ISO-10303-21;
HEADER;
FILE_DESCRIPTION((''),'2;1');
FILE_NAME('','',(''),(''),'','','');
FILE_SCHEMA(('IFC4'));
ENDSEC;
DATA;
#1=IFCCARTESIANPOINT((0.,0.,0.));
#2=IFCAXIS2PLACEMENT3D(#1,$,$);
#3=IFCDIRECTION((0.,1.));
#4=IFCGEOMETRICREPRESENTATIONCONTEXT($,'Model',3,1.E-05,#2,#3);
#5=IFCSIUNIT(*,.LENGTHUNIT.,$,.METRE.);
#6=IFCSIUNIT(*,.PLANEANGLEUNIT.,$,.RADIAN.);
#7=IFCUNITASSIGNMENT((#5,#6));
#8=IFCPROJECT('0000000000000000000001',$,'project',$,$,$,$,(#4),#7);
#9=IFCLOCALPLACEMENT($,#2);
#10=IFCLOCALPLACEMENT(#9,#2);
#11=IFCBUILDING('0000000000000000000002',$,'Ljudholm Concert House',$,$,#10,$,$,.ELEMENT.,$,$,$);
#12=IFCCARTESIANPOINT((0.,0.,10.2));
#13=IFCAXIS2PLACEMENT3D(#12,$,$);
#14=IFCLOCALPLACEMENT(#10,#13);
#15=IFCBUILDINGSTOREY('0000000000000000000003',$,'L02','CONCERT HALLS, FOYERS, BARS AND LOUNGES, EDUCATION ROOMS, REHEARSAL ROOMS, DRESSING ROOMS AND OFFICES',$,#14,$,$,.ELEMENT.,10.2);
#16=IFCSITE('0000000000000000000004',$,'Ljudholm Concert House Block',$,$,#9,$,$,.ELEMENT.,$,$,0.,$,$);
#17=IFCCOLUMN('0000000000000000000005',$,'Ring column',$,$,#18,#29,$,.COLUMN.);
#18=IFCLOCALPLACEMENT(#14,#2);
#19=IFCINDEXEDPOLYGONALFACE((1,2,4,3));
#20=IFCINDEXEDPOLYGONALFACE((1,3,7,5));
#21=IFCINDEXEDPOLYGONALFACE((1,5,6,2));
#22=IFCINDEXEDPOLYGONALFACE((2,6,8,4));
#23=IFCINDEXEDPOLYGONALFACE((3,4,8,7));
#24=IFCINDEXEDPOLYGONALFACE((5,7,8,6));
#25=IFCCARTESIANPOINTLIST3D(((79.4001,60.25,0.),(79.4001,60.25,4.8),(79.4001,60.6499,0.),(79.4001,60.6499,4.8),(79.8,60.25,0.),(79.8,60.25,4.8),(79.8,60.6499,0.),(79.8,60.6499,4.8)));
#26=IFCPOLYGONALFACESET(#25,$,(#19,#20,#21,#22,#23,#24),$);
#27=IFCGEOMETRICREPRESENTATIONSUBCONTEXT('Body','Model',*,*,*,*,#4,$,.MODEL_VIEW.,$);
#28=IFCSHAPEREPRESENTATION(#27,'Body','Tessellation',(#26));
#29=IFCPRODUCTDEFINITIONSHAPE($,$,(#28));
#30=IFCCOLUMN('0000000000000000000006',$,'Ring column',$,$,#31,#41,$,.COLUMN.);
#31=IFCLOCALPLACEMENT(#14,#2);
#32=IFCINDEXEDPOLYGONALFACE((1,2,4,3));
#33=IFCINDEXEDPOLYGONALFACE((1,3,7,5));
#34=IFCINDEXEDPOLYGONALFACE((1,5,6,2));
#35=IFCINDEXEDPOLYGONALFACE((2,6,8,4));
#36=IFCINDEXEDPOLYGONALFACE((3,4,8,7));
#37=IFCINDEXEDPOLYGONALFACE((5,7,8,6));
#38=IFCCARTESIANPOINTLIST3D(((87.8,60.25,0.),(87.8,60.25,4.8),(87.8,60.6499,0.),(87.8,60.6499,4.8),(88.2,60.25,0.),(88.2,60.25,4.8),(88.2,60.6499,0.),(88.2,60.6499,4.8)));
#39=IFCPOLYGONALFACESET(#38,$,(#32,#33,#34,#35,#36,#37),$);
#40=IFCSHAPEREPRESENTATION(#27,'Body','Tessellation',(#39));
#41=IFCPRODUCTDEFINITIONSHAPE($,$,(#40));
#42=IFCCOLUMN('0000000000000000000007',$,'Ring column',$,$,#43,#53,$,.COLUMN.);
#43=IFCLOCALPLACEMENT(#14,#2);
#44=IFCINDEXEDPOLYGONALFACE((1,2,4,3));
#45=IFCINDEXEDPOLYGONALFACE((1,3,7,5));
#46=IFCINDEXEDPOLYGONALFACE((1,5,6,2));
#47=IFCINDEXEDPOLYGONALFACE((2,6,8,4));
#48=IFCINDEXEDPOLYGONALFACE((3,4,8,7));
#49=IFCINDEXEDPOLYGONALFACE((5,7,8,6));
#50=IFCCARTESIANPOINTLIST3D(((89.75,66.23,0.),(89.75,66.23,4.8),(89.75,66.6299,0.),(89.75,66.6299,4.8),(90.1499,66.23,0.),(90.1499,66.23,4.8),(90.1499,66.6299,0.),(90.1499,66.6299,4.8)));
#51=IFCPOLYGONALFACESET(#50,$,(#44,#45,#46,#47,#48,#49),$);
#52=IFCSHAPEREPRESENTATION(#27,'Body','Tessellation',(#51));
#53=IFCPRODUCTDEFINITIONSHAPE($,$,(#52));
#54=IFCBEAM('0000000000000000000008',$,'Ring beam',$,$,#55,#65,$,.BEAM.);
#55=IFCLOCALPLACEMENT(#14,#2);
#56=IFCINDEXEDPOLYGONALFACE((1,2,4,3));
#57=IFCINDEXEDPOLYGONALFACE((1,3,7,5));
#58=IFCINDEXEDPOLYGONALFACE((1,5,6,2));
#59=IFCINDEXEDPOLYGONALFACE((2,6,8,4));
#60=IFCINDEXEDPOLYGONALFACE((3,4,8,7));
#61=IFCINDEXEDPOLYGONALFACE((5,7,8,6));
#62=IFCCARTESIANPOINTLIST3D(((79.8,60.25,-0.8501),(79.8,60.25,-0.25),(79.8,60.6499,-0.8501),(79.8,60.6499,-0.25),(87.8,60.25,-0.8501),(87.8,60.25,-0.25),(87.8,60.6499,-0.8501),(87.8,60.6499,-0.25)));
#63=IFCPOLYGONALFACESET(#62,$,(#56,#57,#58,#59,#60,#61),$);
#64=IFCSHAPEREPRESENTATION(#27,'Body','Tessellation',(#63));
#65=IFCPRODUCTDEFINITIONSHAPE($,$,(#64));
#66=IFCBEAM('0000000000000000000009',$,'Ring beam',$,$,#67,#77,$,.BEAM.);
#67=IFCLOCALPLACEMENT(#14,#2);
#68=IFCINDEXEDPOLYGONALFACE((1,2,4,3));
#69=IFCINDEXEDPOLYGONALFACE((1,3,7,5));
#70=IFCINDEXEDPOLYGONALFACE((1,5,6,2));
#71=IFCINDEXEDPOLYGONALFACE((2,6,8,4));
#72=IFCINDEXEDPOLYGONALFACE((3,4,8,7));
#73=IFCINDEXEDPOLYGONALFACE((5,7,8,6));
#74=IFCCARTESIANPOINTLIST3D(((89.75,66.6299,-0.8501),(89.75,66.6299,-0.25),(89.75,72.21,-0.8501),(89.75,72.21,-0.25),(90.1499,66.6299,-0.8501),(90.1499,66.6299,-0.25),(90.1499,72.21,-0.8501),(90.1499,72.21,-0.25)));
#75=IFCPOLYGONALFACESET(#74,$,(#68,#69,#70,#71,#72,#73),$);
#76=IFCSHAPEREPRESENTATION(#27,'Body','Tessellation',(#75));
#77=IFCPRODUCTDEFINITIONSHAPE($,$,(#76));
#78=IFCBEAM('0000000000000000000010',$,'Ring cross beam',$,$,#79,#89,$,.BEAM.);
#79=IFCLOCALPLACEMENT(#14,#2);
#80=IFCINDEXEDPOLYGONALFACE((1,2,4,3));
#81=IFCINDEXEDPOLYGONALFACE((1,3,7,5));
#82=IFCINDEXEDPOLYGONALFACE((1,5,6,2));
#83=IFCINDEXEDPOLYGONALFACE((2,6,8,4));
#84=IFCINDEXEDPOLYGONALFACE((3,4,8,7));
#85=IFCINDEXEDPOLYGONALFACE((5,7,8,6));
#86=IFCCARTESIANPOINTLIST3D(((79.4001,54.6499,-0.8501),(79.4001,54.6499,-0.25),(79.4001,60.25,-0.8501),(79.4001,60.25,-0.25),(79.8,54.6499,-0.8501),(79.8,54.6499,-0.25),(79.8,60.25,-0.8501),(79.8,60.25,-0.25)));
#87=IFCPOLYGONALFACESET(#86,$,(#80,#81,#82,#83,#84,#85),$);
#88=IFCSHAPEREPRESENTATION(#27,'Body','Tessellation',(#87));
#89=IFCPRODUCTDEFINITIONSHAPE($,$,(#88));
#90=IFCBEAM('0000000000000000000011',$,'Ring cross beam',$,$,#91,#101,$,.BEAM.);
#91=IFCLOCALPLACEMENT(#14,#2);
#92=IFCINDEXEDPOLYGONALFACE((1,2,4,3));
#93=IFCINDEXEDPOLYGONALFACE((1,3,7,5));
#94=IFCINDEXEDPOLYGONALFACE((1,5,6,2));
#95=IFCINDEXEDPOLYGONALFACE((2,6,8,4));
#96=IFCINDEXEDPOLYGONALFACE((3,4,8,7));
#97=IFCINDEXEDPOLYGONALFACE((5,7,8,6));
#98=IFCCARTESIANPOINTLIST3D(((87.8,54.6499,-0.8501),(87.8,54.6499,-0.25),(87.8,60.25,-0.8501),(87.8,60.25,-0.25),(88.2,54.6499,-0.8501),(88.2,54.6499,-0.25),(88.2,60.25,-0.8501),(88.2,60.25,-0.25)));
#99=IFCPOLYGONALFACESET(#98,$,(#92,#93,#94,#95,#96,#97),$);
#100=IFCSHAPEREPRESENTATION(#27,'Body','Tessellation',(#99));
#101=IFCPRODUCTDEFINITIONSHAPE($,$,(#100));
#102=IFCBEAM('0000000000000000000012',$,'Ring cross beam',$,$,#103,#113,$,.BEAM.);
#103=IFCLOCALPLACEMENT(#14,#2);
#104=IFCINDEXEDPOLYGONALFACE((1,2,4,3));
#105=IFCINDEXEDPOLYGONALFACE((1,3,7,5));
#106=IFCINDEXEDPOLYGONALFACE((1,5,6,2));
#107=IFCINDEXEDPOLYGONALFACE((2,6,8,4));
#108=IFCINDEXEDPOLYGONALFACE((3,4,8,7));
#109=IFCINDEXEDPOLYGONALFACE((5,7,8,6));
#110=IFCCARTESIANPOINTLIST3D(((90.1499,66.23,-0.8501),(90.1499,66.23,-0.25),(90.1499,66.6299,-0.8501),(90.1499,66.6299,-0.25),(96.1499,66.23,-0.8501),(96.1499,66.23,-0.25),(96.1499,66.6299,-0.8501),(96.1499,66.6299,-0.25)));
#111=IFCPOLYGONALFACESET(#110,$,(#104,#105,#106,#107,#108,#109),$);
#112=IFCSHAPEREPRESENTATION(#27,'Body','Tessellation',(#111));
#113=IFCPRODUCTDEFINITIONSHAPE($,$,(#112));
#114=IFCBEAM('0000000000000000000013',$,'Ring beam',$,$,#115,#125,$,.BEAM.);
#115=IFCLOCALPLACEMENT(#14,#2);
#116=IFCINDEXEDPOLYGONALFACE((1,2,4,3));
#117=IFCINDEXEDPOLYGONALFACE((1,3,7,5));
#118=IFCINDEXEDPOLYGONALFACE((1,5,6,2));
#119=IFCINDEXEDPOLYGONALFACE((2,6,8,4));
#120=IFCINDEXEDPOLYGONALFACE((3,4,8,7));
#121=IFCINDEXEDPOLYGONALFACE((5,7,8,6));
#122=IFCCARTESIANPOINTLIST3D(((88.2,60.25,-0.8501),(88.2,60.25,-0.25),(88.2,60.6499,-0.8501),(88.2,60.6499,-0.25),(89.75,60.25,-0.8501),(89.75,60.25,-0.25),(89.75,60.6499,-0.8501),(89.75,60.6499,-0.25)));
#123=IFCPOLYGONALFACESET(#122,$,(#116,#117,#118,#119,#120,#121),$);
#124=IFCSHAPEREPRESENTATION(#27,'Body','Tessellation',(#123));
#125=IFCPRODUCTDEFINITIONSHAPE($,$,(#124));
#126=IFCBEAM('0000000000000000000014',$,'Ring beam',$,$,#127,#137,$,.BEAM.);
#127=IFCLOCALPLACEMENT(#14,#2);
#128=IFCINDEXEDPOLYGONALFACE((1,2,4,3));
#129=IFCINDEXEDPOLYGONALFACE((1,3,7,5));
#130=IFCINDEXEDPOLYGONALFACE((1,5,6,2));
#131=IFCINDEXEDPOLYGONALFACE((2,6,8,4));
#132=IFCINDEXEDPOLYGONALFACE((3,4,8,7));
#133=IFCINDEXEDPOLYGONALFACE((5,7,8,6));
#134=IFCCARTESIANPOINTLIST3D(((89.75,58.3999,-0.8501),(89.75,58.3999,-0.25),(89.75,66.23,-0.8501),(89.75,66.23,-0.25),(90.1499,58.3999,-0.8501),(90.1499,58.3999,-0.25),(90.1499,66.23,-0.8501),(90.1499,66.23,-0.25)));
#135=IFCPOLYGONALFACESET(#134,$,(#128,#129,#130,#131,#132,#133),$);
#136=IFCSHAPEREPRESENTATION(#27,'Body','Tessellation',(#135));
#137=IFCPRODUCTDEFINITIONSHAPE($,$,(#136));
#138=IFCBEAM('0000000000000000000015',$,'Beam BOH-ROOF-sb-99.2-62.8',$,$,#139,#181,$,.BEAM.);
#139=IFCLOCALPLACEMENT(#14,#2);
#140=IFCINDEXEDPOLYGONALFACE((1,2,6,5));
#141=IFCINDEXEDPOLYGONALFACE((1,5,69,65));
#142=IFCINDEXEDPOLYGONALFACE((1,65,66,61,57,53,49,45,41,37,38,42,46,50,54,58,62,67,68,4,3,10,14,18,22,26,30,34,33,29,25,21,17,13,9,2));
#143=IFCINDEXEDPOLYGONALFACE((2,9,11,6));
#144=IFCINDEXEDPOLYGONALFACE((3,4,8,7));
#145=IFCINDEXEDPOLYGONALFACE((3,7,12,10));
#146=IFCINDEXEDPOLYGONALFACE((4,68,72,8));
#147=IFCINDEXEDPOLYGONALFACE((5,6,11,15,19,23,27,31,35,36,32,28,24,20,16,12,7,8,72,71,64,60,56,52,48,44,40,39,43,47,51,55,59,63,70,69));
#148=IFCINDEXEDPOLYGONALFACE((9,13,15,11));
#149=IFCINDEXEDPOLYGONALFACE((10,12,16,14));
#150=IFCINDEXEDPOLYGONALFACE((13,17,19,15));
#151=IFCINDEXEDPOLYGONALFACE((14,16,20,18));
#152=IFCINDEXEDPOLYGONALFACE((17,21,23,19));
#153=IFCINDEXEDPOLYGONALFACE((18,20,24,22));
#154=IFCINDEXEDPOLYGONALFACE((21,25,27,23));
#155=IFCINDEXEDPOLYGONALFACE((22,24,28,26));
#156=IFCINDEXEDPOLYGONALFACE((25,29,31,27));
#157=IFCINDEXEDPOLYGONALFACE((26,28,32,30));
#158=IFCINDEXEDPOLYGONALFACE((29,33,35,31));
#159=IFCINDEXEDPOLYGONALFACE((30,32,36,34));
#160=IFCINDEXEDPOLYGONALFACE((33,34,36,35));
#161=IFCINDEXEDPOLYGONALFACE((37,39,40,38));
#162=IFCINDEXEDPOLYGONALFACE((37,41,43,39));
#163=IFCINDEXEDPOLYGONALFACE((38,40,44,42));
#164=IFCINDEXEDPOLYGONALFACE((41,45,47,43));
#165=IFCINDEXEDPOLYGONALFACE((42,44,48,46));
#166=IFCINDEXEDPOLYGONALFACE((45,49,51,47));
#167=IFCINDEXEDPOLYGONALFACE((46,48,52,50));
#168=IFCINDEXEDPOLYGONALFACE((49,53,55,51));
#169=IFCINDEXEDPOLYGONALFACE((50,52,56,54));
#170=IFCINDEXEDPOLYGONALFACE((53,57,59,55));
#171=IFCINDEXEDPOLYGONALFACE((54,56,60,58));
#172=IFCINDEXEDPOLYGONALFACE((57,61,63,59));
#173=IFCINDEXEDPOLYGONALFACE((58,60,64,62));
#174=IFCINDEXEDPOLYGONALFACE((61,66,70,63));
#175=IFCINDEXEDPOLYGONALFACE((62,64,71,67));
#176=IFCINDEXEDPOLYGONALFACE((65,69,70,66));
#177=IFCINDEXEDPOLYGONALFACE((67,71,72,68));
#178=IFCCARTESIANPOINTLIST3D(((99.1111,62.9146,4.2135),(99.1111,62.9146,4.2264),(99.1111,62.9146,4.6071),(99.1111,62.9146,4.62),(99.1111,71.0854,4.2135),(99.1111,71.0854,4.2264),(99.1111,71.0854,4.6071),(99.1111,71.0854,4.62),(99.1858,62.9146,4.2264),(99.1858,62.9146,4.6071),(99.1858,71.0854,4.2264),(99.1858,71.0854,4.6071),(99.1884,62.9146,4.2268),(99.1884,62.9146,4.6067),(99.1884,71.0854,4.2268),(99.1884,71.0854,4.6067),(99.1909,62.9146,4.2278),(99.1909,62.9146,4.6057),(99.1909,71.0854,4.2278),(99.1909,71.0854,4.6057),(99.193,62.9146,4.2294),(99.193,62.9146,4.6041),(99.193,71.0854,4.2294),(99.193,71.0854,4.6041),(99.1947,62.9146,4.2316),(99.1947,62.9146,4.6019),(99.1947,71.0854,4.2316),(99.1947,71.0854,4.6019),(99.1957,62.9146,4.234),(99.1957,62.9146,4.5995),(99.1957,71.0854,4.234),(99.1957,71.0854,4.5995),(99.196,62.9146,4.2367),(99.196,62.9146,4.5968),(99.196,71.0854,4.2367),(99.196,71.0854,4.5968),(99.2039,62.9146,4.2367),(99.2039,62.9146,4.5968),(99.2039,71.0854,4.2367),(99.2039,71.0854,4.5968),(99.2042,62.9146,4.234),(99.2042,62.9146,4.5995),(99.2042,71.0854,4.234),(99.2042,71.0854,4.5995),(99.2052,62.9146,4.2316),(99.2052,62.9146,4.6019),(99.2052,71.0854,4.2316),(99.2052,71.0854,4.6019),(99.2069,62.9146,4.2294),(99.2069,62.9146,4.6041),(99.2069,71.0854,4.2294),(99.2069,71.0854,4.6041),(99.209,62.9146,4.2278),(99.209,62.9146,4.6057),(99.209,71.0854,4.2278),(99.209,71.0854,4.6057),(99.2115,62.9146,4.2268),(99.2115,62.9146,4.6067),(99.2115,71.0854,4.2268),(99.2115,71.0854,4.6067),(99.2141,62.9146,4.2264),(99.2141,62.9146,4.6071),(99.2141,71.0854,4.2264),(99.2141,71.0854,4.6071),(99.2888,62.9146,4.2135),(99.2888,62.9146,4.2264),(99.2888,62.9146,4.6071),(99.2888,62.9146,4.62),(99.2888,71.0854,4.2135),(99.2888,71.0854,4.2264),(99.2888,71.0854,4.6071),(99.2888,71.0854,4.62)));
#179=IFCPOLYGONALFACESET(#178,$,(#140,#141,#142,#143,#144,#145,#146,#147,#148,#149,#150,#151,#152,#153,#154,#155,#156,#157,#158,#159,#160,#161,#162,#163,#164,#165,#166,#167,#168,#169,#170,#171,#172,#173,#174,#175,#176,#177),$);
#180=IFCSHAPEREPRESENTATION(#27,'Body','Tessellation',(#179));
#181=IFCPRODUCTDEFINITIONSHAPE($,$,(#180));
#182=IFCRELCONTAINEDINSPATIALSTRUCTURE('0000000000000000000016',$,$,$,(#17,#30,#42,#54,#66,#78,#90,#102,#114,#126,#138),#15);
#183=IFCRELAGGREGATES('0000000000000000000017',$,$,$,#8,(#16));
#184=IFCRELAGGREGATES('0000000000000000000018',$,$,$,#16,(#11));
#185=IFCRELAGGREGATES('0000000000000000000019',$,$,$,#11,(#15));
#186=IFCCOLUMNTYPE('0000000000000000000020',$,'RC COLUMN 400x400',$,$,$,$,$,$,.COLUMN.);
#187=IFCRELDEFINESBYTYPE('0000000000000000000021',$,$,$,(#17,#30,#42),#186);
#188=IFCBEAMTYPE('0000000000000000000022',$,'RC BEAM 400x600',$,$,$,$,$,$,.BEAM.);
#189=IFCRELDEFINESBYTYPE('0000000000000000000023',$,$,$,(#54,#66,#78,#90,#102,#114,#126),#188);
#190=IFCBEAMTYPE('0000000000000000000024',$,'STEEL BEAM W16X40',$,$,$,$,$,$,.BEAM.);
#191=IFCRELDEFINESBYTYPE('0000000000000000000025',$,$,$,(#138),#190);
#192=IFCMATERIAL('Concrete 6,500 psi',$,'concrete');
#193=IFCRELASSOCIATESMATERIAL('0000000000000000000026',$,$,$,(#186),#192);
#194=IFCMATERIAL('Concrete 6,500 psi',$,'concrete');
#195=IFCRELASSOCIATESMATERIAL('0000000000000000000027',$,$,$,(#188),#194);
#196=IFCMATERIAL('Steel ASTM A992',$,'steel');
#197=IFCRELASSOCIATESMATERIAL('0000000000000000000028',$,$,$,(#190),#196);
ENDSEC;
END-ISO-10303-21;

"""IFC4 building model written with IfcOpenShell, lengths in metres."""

from ifc_helpers import new_model, si_unit, direction, frame, origin, origin_2d, place, context, subcontext, project, spatial, rectangle, i_section, extrude, material, material_profile, profile_set, type_object, element, save


model = new_model("IFC4")

# Units and contexts
model_context = context("Model", 3, precision=1e-05, world=origin(), true_north=direction((0.0, 1.0)))
body_context = subcontext(model_context, "Body", "Model", "MODEL_VIEW")
ifc_project = project(units=[si_unit("LENGTHUNIT", "METRE"), si_unit("PLANEANGLEUNIT", "RADIAN")], contexts=[model_context])

# Site, building, storey
site_placement = place(None, origin())
site = spatial("IfcSite", under=ifc_project, at=site_placement, Name="Ljudholm Concert House Block", CompositionType="ELEMENT", RefElevation=0.0)
building_placement = place(site_placement, origin())
building = spatial("IfcBuilding", under=site, at=building_placement, Name="Ljudholm Concert House", CompositionType="ELEMENT")
storey_placement = place(building_placement, frame((0.0, 0.0, 10.2)))
storey = spatial("IfcBuildingStorey", under=building, at=storey_placement, Name="L02", Description="CONCERT HALLS, FOYERS, BARS AND LOUNGES, EDUCATION ROOMS, REHEARSAL ROOMS, DRESSING ROOMS AND OFFICES", CompositionType="ELEMENT", Elevation=10.2)

# Columns
ifc_material_1 = material(Name="Concrete 6,500 psi", Category="concrete")
ifc_material_profile_1 = material_profile(ifc_material_1, rectangle(XDim=0.3999, YDim=0.3999, at=origin_2d()), Name="RC COLUMN 400x400")
ifc_profile_set_1 = profile_set([ifc_material_profile_1], Name="Concrete 6,500 psi")
column_type = type_object("IfcColumnType", Name="RC COLUMN 400x400", PredefinedType="COLUMN", material=ifc_profile_set_1)
for number, where, z_axis, x_axis, name in (
    (1, (79.6001, 60.45, 0.0), (0.0, 0.0, 1.0), (1.0, 0.0, 0.0), "Ring column"),
    (2, (88.0, 60.45, 0.0), (0.0, 0.0, 1.0), (1.0, 0.0, 0.0), "Ring column"),
    (3, (89.95, 66.4299, 0.0), (0.0, 0.0, 1.0), (1.0, 0.0, 0.0), "Ring column"),
):
    element("IfcColumn", number, at=place(storey_placement, frame(where, z_axis=z_axis, x_axis=x_axis)), inside=storey, type_object=column_type, Name=name, PredefinedType="COLUMN", context=body_context, shape_type="SweptSolid", body=[
        extrude(rectangle(XDim=0.3999, YDim=0.3999, at=origin_2d()), origin(), (0.0, 0.0, 1.0), 4.8),
    ])

# Beams
ifc_material_2 = material(Name="Concrete 6,500 psi", Category="concrete")
ifc_material_profile_2 = material_profile(ifc_material_2, rectangle(XDim=0.3999, YDim=0.6001, at=origin_2d()), Name="RC BEAM 400x600")
ifc_profile_set_2 = profile_set([ifc_material_profile_2], Name="Concrete 6,500 psi")
beam_type_1 = type_object("IfcBeamType", Name="RC BEAM 400x600", PredefinedType="BEAM", material=ifc_profile_set_2)
beam_1_placement = place(storey_placement, frame((79.8, 60.45, -0.55), z_axis=(1.0, 0.0, 0.0), x_axis=(0.0, 1.0, 0.0)))
element("IfcBeam", 4, at=beam_1_placement, inside=storey, type_object=beam_type_1, Name="Ring beam", PredefinedType="BEAM", context=body_context, shape_type="SweptSolid", body=[
    extrude(rectangle(XDim=0.3999, YDim=0.6001, at=origin_2d()), origin(), (0.0, 0.0, 1.0), 8.0),
])
beam_2_placement = place(storey_placement, frame((89.95, 66.6299, -0.55), z_axis=(0.0, 1.0, 0.0), x_axis=(-1.0, 0.0, 0.0)))
element("IfcBeam", 5, at=beam_2_placement, inside=storey, type_object=beam_type_1, Name="Ring beam", PredefinedType="BEAM", context=body_context, shape_type="SweptSolid", body=[
    extrude(rectangle(XDim=0.3999, YDim=0.6001, at=origin_2d()), origin(), (0.0, 0.0, 1.0), 5.5801),
])
for number, where, z_axis, x_axis, name in (
    (6, (79.6001, 60.25, -0.55), (0.0, -1.0, 0.0), (1.0, 0.0, 0.0), "Ring cross beam"),
    (7, (88.0, 60.25, -0.55), (0.0, -1.0, 0.0), (1.0, 0.0, 0.0), "Ring cross beam"),
):
    element("IfcBeam", number, at=place(storey_placement, frame(where, z_axis=z_axis, x_axis=x_axis)), inside=storey, type_object=beam_type_1, Name=name, PredefinedType="BEAM", context=body_context, shape_type="SweptSolid", body=[
        extrude(rectangle(XDim=0.3999, YDim=0.6001, at=origin_2d()), origin(), (0.0, 0.0, 1.0), 5.6001),
    ])
beam_3_placement = place(storey_placement, frame((90.1499, 66.4299, -0.55), z_axis=(1.0, 0.0, 0.0), x_axis=(0.0, 1.0, 0.0)))
element("IfcBeam", 8, at=beam_3_placement, inside=storey, type_object=beam_type_1, Name="Ring cross beam", PredefinedType="BEAM", context=body_context, shape_type="SweptSolid", body=[
    extrude(rectangle(XDim=0.3999, YDim=0.6001, at=origin_2d()), origin(), (0.0, 0.0, 1.0), 6.0),
])
beam_4_placement = place(storey_placement, frame((88.2, 60.45, -0.55), z_axis=(1.0, 0.0, 0.0), x_axis=(0.0, 1.0, 0.0)))
element("IfcBeam", 9, at=beam_4_placement, inside=storey, type_object=beam_type_1, Name="Ring beam", PredefinedType="BEAM", context=body_context, shape_type="SweptSolid", body=[
    extrude(rectangle(XDim=0.3999, YDim=0.6001, at=origin_2d()), origin(), (0.0, 0.0, 1.0), 1.55),
])
beam_5_placement = place(storey_placement, frame((89.95, 58.3999, -0.55), z_axis=(0.0, 1.0, 0.0), x_axis=(-1.0, 0.0, 0.0)))
element("IfcBeam", 10, at=beam_5_placement, inside=storey, type_object=beam_type_1, Name="Ring beam", PredefinedType="BEAM", context=body_context, shape_type="SweptSolid", body=[
    extrude(rectangle(XDim=0.3999, YDim=0.6001, at=origin_2d()), origin(), (0.0, 0.0, 1.0), 7.8301),
])
ifc_material_3 = material(Name="Steel ASTM A992", Category="steel")
ifc_material_profile_3 = material_profile(ifc_material_3, i_section(OverallWidth=0.1777, OverallDepth=0.4065, WebThickness=0.0078, FlangeThickness=0.0129, FilletRadius=0.0103, at=origin_2d()), Name="W16X40")
ifc_profile_set_3 = profile_set([ifc_material_profile_3], Name="Steel ASTM A992")
beam_type_2 = type_object("IfcBeamType", Name="STEEL BEAM W16X40", PredefinedType="BEAM", material=ifc_profile_set_3)
for number, where, z_axis, x_axis, name in (
    (11, (99.2, 62.9146, 4.4167), (0.0, 1.0, 0.0), (-1.0, 0.0, 0.0), "Beam BOH-ROOF-sb-99.2-62.8"),
):
    element("IfcBeam", number, at=place(storey_placement, frame(where, z_axis=z_axis, x_axis=x_axis)), inside=storey, type_object=beam_type_2, Name=name, PredefinedType="BEAM", context=body_context, shape_type="SweptSolid", body=[
        extrude(i_section(OverallWidth=0.1777, OverallDepth=0.4065, WebThickness=0.0078, FlangeThickness=0.0129, FilletRadius=0.0103, at=origin_2d()), origin(), (0.0, 0.0, 1.0), 8.1709),
    ])

save(model, "model.ifc")
